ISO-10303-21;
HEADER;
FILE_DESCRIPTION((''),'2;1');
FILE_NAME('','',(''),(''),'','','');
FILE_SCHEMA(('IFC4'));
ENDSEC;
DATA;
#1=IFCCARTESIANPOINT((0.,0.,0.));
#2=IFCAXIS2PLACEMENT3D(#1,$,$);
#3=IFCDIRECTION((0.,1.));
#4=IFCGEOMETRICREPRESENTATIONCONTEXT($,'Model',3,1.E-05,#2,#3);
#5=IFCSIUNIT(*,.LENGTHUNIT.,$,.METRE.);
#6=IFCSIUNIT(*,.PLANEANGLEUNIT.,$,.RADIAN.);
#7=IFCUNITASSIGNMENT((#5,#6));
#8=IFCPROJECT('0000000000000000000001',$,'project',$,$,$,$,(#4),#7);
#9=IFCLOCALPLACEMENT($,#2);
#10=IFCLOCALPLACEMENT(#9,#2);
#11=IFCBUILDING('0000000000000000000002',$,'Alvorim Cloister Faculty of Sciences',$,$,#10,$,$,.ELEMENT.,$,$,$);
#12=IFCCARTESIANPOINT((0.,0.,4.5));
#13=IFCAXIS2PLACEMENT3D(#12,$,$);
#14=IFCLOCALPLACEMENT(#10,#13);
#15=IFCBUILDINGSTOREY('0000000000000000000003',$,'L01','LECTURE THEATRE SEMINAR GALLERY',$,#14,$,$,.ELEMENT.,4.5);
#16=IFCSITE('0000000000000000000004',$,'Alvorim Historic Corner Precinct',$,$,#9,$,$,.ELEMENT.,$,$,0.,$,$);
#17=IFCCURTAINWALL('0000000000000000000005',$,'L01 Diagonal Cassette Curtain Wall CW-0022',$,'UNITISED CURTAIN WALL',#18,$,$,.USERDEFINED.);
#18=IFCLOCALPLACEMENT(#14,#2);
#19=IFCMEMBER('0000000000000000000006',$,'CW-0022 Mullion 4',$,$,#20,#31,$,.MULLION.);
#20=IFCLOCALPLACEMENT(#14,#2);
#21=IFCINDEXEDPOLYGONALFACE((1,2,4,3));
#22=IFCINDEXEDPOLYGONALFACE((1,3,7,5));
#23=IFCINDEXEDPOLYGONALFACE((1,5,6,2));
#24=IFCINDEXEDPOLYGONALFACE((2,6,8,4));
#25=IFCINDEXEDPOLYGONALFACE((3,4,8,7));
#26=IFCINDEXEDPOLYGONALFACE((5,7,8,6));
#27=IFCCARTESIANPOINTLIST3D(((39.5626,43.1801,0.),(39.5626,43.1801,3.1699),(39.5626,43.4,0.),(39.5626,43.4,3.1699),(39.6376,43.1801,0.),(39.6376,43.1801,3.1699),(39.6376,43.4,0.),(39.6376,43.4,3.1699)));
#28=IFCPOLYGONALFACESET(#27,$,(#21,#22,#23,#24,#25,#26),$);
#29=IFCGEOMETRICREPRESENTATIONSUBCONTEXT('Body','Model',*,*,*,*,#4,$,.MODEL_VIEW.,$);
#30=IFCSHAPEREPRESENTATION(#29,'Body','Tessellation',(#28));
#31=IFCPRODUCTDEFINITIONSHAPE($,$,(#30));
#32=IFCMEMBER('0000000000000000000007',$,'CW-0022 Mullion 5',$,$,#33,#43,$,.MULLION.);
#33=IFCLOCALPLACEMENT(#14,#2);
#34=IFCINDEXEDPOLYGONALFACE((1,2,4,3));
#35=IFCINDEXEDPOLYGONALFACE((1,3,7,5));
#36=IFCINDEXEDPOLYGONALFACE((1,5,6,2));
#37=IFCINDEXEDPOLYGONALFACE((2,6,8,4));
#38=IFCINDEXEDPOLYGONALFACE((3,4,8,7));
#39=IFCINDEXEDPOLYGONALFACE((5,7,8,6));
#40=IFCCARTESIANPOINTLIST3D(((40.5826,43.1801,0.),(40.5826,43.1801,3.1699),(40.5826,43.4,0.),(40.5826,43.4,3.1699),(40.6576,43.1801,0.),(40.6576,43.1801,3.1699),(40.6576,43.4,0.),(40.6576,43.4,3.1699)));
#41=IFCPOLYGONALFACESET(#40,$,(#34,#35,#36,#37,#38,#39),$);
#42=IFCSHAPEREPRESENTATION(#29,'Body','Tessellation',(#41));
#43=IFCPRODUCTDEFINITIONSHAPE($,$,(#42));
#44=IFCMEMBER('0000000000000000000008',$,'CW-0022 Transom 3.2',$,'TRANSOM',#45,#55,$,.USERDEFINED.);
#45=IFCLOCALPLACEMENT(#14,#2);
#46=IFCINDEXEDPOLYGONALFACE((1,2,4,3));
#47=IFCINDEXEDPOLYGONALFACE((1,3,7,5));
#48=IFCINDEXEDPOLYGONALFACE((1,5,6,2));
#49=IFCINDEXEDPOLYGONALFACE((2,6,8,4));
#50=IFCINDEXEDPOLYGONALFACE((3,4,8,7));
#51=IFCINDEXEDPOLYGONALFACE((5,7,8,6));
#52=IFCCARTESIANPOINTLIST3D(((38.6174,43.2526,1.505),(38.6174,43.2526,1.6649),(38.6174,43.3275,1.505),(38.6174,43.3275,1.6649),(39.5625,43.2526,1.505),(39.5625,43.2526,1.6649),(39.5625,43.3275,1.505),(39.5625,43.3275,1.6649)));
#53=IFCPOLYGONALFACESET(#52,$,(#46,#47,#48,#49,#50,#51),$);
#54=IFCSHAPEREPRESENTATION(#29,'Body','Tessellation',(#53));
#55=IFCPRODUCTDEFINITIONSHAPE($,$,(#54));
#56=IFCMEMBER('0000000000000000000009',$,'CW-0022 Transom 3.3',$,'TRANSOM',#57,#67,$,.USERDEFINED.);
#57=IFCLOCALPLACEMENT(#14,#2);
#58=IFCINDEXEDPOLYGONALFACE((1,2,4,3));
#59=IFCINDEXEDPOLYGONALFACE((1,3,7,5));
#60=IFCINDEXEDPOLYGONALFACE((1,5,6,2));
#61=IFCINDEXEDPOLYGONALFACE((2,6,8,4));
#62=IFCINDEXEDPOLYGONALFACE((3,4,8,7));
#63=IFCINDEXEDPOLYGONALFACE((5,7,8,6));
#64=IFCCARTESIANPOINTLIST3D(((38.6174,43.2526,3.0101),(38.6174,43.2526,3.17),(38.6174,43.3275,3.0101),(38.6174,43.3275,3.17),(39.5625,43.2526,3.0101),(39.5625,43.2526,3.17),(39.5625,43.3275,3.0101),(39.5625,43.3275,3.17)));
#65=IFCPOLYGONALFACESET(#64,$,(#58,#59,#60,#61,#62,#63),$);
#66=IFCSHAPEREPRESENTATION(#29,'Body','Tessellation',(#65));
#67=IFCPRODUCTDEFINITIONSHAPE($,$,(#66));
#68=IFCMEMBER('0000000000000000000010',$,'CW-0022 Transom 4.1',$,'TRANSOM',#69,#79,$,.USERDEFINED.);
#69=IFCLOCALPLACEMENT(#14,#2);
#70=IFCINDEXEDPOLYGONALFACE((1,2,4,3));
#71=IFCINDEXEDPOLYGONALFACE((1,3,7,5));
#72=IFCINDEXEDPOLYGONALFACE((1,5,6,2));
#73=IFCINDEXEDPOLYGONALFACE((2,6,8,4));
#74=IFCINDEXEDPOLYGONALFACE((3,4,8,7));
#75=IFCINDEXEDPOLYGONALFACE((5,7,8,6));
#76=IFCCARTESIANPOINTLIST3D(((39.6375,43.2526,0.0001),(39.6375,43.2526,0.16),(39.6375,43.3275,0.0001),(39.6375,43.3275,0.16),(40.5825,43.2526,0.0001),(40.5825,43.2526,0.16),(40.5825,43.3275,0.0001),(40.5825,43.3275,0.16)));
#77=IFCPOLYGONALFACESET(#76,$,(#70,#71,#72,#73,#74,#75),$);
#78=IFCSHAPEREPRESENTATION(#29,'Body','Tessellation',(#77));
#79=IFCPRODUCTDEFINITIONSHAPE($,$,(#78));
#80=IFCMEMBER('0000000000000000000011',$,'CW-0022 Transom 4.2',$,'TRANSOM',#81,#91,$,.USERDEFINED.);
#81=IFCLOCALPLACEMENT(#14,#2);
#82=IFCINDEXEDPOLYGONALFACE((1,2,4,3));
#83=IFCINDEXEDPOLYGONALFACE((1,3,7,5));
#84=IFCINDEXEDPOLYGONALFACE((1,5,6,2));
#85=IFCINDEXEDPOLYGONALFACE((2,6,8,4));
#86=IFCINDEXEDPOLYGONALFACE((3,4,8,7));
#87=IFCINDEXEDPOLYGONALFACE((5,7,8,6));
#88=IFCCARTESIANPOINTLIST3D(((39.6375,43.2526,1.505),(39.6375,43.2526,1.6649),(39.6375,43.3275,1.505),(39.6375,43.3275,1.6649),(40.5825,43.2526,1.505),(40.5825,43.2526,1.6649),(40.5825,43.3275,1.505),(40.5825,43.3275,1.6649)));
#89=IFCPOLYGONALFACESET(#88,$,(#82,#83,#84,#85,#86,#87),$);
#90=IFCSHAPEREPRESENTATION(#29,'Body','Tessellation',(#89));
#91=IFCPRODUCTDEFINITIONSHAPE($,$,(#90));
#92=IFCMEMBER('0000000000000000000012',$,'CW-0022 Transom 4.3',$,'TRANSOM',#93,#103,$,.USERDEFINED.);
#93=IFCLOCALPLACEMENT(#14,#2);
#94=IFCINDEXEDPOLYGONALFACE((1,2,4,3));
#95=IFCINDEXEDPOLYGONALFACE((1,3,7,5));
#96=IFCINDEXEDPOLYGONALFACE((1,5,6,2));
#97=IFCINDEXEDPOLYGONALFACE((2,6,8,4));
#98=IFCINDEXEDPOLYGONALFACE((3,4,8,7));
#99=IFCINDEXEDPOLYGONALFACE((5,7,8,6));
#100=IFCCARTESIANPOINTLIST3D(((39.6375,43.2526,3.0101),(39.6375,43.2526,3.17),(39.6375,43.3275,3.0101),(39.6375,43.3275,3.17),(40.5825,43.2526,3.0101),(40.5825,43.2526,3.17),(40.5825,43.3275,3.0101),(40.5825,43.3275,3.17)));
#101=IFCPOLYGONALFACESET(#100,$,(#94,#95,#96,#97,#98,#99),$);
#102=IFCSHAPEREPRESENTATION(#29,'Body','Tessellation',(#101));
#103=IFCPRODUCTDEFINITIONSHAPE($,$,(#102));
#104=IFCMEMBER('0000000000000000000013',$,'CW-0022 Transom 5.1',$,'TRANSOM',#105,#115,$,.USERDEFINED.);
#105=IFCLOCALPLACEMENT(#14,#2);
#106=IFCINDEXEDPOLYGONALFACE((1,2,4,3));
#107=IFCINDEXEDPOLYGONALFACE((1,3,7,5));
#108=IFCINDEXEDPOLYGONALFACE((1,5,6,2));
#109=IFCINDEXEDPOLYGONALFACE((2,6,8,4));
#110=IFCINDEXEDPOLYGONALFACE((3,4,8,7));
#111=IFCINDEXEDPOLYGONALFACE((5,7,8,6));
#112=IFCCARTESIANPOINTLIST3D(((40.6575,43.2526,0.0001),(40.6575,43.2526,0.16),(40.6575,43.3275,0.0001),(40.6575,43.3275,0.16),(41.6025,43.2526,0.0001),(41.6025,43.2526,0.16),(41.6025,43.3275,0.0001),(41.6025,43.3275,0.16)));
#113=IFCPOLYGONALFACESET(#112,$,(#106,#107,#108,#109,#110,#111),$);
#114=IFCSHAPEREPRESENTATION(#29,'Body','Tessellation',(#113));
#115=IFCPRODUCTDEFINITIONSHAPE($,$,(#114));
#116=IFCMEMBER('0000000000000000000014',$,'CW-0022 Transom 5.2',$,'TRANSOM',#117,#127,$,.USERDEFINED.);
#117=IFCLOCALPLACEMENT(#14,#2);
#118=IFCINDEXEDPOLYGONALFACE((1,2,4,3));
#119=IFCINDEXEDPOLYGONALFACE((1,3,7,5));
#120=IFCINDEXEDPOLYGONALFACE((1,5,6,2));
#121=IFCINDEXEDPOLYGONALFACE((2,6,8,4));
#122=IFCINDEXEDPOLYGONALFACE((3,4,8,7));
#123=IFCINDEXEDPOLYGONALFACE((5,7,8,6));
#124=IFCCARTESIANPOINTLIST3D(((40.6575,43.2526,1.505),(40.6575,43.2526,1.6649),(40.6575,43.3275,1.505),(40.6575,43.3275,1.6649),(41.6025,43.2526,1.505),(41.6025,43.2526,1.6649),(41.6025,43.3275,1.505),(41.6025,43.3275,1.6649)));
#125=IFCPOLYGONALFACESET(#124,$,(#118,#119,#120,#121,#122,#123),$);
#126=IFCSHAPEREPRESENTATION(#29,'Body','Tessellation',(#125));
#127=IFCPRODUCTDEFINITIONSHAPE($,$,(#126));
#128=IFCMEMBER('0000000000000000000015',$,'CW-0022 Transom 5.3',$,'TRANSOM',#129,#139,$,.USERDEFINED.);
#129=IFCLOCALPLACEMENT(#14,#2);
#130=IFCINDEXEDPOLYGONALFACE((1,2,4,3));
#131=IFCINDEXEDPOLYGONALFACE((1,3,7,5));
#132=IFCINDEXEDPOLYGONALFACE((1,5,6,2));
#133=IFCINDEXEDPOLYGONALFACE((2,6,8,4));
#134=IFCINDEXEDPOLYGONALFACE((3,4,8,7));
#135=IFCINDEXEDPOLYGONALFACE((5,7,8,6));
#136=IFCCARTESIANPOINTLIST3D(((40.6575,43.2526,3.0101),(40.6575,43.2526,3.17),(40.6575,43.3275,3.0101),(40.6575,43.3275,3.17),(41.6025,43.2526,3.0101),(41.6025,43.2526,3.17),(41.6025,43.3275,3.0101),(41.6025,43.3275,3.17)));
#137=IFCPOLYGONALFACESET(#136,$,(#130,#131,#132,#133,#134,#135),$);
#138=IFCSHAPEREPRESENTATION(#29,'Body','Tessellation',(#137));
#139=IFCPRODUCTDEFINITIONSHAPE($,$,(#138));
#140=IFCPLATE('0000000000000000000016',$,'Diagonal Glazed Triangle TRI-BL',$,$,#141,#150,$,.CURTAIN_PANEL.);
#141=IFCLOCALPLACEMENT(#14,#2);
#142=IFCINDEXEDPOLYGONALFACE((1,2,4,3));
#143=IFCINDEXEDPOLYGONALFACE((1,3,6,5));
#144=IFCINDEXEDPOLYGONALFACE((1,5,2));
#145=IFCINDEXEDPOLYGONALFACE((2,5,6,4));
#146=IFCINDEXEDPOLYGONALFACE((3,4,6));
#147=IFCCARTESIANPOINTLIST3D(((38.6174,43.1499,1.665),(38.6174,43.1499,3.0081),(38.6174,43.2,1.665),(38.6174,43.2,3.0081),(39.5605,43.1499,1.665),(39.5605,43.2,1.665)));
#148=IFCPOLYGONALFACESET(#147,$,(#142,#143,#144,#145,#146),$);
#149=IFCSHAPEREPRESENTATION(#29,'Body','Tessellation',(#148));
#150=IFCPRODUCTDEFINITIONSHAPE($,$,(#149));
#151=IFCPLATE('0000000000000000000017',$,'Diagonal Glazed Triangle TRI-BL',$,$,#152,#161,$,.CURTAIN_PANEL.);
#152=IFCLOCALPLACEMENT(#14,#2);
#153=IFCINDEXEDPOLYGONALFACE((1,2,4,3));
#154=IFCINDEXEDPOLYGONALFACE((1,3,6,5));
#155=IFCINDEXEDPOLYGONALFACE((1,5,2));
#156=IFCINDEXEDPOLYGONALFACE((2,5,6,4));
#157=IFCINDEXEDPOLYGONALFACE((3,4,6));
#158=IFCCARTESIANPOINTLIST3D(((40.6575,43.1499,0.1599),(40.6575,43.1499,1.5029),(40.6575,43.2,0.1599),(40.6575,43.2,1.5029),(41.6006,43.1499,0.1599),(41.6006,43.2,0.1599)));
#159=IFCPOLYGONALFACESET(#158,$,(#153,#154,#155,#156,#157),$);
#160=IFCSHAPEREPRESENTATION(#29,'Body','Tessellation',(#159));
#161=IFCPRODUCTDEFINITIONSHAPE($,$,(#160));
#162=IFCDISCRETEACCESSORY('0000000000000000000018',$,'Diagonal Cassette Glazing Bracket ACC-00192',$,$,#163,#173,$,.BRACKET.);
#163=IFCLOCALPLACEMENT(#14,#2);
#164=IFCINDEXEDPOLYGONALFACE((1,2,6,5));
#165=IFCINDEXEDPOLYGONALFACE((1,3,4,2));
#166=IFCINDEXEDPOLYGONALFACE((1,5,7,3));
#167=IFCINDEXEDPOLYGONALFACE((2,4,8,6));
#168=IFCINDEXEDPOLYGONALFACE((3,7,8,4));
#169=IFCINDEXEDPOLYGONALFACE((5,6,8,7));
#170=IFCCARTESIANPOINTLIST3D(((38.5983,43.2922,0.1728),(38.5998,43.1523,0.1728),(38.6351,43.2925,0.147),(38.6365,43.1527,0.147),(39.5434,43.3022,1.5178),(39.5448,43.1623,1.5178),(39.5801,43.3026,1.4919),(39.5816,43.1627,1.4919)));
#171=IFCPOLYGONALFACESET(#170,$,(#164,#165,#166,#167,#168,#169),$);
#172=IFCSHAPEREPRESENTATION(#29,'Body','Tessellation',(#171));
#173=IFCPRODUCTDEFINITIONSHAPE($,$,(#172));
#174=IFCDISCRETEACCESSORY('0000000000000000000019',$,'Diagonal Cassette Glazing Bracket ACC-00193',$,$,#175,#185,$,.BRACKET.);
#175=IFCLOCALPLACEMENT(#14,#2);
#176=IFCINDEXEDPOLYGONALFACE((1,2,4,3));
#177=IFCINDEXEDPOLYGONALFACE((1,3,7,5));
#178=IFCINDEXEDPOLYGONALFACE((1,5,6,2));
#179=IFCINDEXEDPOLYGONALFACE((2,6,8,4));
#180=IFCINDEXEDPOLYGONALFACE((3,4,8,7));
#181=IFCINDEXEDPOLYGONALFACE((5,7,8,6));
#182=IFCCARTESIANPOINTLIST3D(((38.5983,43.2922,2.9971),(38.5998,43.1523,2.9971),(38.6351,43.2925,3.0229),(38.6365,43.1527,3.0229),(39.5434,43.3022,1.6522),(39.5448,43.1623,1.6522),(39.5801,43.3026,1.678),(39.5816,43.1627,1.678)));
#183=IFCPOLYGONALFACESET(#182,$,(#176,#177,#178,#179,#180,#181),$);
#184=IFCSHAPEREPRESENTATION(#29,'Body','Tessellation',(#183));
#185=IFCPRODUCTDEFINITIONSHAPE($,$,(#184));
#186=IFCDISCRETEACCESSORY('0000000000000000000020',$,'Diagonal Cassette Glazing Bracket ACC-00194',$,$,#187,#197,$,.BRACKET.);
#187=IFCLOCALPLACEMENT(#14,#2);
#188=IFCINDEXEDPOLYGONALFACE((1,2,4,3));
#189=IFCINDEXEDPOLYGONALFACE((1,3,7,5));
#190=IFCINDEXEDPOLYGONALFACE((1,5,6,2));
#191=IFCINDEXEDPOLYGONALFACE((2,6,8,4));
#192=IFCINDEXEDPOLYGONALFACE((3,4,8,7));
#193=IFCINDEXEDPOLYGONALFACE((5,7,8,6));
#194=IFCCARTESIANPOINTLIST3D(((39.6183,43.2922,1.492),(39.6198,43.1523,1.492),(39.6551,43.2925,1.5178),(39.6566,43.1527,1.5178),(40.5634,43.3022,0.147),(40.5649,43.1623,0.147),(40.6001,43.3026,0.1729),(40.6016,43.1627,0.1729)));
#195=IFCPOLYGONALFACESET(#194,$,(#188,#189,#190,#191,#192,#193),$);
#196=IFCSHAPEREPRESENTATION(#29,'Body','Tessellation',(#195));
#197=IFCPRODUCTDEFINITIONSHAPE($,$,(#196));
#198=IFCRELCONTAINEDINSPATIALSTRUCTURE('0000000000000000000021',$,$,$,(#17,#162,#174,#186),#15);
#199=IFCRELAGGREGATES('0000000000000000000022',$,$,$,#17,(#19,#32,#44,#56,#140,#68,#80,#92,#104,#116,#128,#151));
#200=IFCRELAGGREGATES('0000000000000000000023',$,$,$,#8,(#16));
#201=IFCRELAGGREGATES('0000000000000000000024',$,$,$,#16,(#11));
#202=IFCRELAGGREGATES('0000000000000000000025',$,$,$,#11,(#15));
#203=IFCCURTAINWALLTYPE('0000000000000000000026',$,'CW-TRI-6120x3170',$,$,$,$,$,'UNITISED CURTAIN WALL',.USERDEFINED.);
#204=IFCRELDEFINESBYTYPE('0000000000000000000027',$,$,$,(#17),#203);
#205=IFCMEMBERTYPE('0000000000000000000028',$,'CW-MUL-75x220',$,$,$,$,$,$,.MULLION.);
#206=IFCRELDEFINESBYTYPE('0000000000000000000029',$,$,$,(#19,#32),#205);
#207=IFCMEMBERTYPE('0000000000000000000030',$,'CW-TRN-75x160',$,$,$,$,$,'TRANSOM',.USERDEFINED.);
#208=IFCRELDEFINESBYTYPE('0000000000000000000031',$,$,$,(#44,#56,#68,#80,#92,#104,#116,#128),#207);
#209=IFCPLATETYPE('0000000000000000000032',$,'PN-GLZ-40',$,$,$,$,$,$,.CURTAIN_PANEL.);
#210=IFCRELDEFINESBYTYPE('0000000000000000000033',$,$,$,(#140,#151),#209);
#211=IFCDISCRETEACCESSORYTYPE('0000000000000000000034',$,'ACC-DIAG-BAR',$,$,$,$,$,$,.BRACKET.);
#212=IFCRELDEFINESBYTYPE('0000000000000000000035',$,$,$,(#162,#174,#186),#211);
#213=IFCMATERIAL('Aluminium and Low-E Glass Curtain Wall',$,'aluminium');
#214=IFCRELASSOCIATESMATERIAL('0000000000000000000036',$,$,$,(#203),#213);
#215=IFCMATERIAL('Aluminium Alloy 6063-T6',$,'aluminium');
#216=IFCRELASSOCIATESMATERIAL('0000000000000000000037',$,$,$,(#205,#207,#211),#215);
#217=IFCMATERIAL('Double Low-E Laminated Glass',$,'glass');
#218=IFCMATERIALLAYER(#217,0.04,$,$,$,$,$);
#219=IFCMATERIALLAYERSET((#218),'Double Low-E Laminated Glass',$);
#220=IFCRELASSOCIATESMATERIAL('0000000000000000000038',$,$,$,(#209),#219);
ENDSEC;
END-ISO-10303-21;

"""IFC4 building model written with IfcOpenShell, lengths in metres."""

from ifc_helpers import new_model, si_unit, direction, frame, origin, origin_2d, place, context, subcontext, project, spatial, polyline, rectangle, outline, extrude, material, layer, layer_set, material_profile, profile_set, type_object, element, aggregate, save


model = new_model("IFC4")

# Units and contexts
model_context = context("Model", 3, precision=1e-05, world=origin(), true_north=direction((0.0, 1.0)))
body_context = subcontext(model_context, "Body", "Model", "MODEL_VIEW")
ifc_project = project(units=[si_unit("LENGTHUNIT", "METRE"), si_unit("PLANEANGLEUNIT", "RADIAN")], contexts=[model_context])

# Site, building, storey
site_placement = place(None, origin())
site = spatial("IfcSite", under=ifc_project, at=site_placement, Name="Alvorim Historic Corner Precinct", CompositionType="ELEMENT", RefElevation=0.0)
building_placement = place(site_placement, origin())
building = spatial("IfcBuilding", under=site, at=building_placement, Name="Alvorim Cloister Faculty of Sciences", CompositionType="ELEMENT")
storey_placement = place(building_placement, frame((0.0, 0.0, 4.5)))
storey = spatial("IfcBuildingStorey", under=building, at=storey_placement, Name="L01", Description="LECTURE THEATRE SEMINAR GALLERY", CompositionType="ELEMENT", Elevation=4.5)

# Curtain wall, members, plates
ifc_material_1 = material(Name="Aluminium and Low-E Glass Curtain Wall", Category="aluminium")
curtain_wall_type = type_object("IfcCurtainWallType", Name="CW-TRI-6120x3170", ElementType="UNITISED CURTAIN WALL", PredefinedType="USERDEFINED", material=ifc_material_1)
curtain_wall_placement = place(storey_placement, origin())
curtain_wall = element("IfcCurtainWall", 1, at=curtain_wall_placement, inside=storey, type_object=curtain_wall_type, Name="L01 Diagonal Cassette Curtain Wall CW-0022", ObjectType="UNITISED CURTAIN WALL", PredefinedType="USERDEFINED")
ifc_material_2 = material(Name="Aluminium Alloy 6063-T6", Category="aluminium")
ifc_material_profile_1 = material_profile(ifc_material_2, rectangle(XDim=0.075, YDim=0.22, at=origin_2d()), Name="ALU-MUL-75x220")
ifc_profile_set_1 = profile_set([ifc_material_profile_1], Name="Aluminium Alloy 6063-T6")
member_type_1 = type_object("IfcMemberType", Name="CW-MUL-75x220", PredefinedType="MULLION", material=ifc_profile_set_1)
member_1_placement = place(storey_placement, frame((39.6001, 43.29, 0.0), z_axis=(0.0, 0.0, 1.0), x_axis=(1.0, 0.0, 0.0)))
member_1 = element("IfcMember", 2, at=member_1_placement, type_object=member_type_1, Name="CW-0022 Mullion 4", PredefinedType="MULLION", context=body_context, shape_type="SweptSolid", body=[
    extrude(rectangle(XDim=0.075, YDim=0.22, at=origin_2d()), origin(), (0.0, 0.0, 1.0), 3.1699),
])
member_2_placement = place(storey_placement, frame((40.6201, 43.29, 0.0), z_axis=(0.0, 0.0, 1.0), x_axis=(1.0, 0.0, 0.0)))
member_2 = element("IfcMember", 3, at=member_2_placement, type_object=member_type_1, Name="CW-0022 Mullion 5", PredefinedType="MULLION", context=body_context, shape_type="SweptSolid", body=[
    extrude(rectangle(XDim=0.075, YDim=0.22, at=origin_2d()), origin(), (0.0, 0.0, 1.0), 3.1699),
])
ifc_material_profile_2 = material_profile(ifc_material_2, rectangle(XDim=0.075, YDim=0.1599, at=origin_2d()), Name="ALU-TRN-75x160")
ifc_profile_set_2 = profile_set([ifc_material_profile_2], Name="Aluminium Alloy 6063-T6")
member_type_2 = type_object("IfcMemberType", Name="CW-TRN-75x160", ElementType="TRANSOM", PredefinedType="USERDEFINED", material=ifc_profile_set_2)
member_3_placement = place(storey_placement, frame((38.6174, 43.29, 1.585), z_axis=(1.0, 0.0, 0.0), x_axis=(0.0, 1.0, 0.0)))
member_3 = element("IfcMember", 4, at=member_3_placement, type_object=member_type_2, Name="CW-0022 Transom 3.2", ObjectType="TRANSOM", PredefinedType="USERDEFINED", context=body_context, shape_type="SweptSolid", body=[
    extrude(rectangle(XDim=0.075, YDim=0.1599, at=origin_2d()), origin(), (0.0, 0.0, 1.0), 0.9451),
])
member_4_placement = place(storey_placement, frame((38.6174, 43.29, 3.0901), z_axis=(1.0, 0.0, 0.0), x_axis=(0.0, 1.0, 0.0)))
member_4 = element("IfcMember", 5, at=member_4_placement, type_object=member_type_2, Name="CW-0022 Transom 3.3", ObjectType="TRANSOM", PredefinedType="USERDEFINED", context=body_context, shape_type="SweptSolid", body=[
    extrude(rectangle(XDim=0.075, YDim=0.1599, at=origin_2d()), origin(), (0.0, 0.0, 1.0), 0.9451),
])
member_5_placement = place(storey_placement, frame((39.6375, 43.29, 0.0801), z_axis=(1.0, 0.0, 0.0), x_axis=(0.0, 1.0, 0.0)))
member_5 = element("IfcMember", 6, at=member_5_placement, type_object=member_type_2, Name="CW-0022 Transom 4.1", ObjectType="TRANSOM", PredefinedType="USERDEFINED", context=body_context, shape_type="SweptSolid", body=[
    extrude(rectangle(XDim=0.075, YDim=0.1599, at=origin_2d()), origin(), (0.0, 0.0, 1.0), 0.9451),
])
member_6_placement = place(storey_placement, frame((39.6375, 43.29, 1.585), z_axis=(1.0, 0.0, 0.0), x_axis=(0.0, 1.0, 0.0)))
member_6 = element("IfcMember", 7, at=member_6_placement, type_object=member_type_2, Name="CW-0022 Transom 4.2", ObjectType="TRANSOM", PredefinedType="USERDEFINED", context=body_context, shape_type="SweptSolid", body=[
    extrude(rectangle(XDim=0.075, YDim=0.1599, at=origin_2d()), origin(), (0.0, 0.0, 1.0), 0.9451),
])
member_7_placement = place(storey_placement, frame((39.6375, 43.29, 3.0901), z_axis=(1.0, 0.0, 0.0), x_axis=(0.0, 1.0, 0.0)))
member_7 = element("IfcMember", 8, at=member_7_placement, type_object=member_type_2, Name="CW-0022 Transom 4.3", ObjectType="TRANSOM", PredefinedType="USERDEFINED", context=body_context, shape_type="SweptSolid", body=[
    extrude(rectangle(XDim=0.075, YDim=0.1599, at=origin_2d()), origin(), (0.0, 0.0, 1.0), 0.9451),
])
member_8_placement = place(storey_placement, frame((40.6575, 43.29, 0.0801), z_axis=(1.0, 0.0, 0.0), x_axis=(0.0, 1.0, 0.0)))
member_8 = element("IfcMember", 9, at=member_8_placement, type_object=member_type_2, Name="CW-0022 Transom 5.1", ObjectType="TRANSOM", PredefinedType="USERDEFINED", context=body_context, shape_type="SweptSolid", body=[
    extrude(rectangle(XDim=0.075, YDim=0.1599, at=origin_2d()), origin(), (0.0, 0.0, 1.0), 0.9451),
])
member_9_placement = place(storey_placement, frame((40.6575, 43.29, 1.585), z_axis=(1.0, 0.0, 0.0), x_axis=(0.0, 1.0, 0.0)))
member_9 = element("IfcMember", 10, at=member_9_placement, type_object=member_type_2, Name="CW-0022 Transom 5.2", ObjectType="TRANSOM", PredefinedType="USERDEFINED", context=body_context, shape_type="SweptSolid", body=[
    extrude(rectangle(XDim=0.075, YDim=0.1599, at=origin_2d()), origin(), (0.0, 0.0, 1.0), 0.9451),
])
member_10_placement = place(storey_placement, frame((40.6575, 43.29, 3.0901), z_axis=(1.0, 0.0, 0.0), x_axis=(0.0, 1.0, 0.0)))
member_10 = element("IfcMember", 11, at=member_10_placement, type_object=member_type_2, Name="CW-0022 Transom 5.3", ObjectType="TRANSOM", PredefinedType="USERDEFINED", context=body_context, shape_type="SweptSolid", body=[
    extrude(rectangle(XDim=0.075, YDim=0.1599, at=origin_2d()), origin(), (0.0, 0.0, 1.0), 0.9451),
])
ifc_material_3 = material(Name="Double Low-E Laminated Glass", Category="glass")
ifc_layer = layer(ifc_material_3, 0.04)
ifc_layer_set = layer_set([ifc_layer], Name="Double Low-E Laminated Glass")
plate_type = type_object("IfcPlateType", Name="PN-GLZ-40", PredefinedType="CURTAIN_PANEL", material=ifc_layer_set)
plate_1_placement = place(storey_placement, frame((38.6174, 43.175, 1.665), z_axis=(0.0, 0.0, 1.0), x_axis=(1.0, 0.0, 0.0)))
plate_1 = element("IfcPlate", 12, at=plate_1_placement, type_object=plate_type, Name="Diagonal Glazed Triangle TRI-BL", PredefinedType="CURTAIN_PANEL", context=body_context, shape_type="SweptSolid", body=[
    extrude(outline(polyline([(0.0, 0.0), (0.9431, 0.0), (0.0, 1.343), (0.0, 0.0)])), frame((0.0, 0.0249, 0.0), z_axis=(0.0, -1.0, 0.0), x_axis=(1.0, 0.0, 0.0)), (0.0, 0.0, 1.0), 0.05),
])
plate_2_placement = place(storey_placement, frame((40.6575, 43.175, 0.1599), z_axis=(0.0, 0.0, 1.0), x_axis=(1.0, 0.0, 0.0)))
plate_2 = element("IfcPlate", 13, at=plate_2_placement, type_object=plate_type, Name="Diagonal Glazed Triangle TRI-BL", PredefinedType="CURTAIN_PANEL", context=body_context, shape_type="SweptSolid", body=[
    extrude(outline(polyline([(0.0, 0.0), (0.9431, 0.0), (0.0, 1.343), (0.0, 0.0)])), frame((0.0, 0.0249, 0.0), z_axis=(0.0, -1.0, 0.0), x_axis=(1.0, 0.0, 0.0)), (0.0, 0.0, 1.0), 0.05),
])
aggregate(curtain_wall, [member_1, member_2, member_3, member_4, plate_1, member_5, member_6, member_7, member_8, member_9, member_10, plate_2])

# Discrete accessories
discrete_accessory_type = type_object("IfcDiscreteAccessoryType", Name="ACC-DIAG-BAR", PredefinedType="BRACKET", material=ifc_material_2)
for number, where, z_axis, x_axis, name in (
    (14, (38.6174, 43.2224, 0.1599), (0.574916, 0.006089, 0.81819), (-0.010591, 0.999944, 0.0), "Diagonal Cassette Glazing Bracket ACC-00192"),
    (15, (38.6174, 43.2224, 3.01), (0.574916, 0.006089, -0.81819), (-0.010591, 0.999944, 0.0), "Diagonal Cassette Glazing Bracket ACC-00193"),
    (16, (39.6375, 43.2224, 1.5049), (0.574916, 0.006089, -0.81819), (-0.010591, 0.999944, 0.0), "Diagonal Cassette Glazing Bracket ACC-00194"),
):
    element("IfcDiscreteAccessory", number, at=place(storey_placement, frame(where, z_axis=z_axis, x_axis=x_axis)), inside=storey, type_object=discrete_accessory_type, Name=name, PredefinedType="BRACKET", context=body_context, shape_type="SweptSolid", body=[
        extrude(rectangle(XDim=0.1399, YDim=0.0449, at=origin_2d()), origin(), (0.0, 0.0, 1.0), 1.6438),
    ])

save(model, "model.ifc")
